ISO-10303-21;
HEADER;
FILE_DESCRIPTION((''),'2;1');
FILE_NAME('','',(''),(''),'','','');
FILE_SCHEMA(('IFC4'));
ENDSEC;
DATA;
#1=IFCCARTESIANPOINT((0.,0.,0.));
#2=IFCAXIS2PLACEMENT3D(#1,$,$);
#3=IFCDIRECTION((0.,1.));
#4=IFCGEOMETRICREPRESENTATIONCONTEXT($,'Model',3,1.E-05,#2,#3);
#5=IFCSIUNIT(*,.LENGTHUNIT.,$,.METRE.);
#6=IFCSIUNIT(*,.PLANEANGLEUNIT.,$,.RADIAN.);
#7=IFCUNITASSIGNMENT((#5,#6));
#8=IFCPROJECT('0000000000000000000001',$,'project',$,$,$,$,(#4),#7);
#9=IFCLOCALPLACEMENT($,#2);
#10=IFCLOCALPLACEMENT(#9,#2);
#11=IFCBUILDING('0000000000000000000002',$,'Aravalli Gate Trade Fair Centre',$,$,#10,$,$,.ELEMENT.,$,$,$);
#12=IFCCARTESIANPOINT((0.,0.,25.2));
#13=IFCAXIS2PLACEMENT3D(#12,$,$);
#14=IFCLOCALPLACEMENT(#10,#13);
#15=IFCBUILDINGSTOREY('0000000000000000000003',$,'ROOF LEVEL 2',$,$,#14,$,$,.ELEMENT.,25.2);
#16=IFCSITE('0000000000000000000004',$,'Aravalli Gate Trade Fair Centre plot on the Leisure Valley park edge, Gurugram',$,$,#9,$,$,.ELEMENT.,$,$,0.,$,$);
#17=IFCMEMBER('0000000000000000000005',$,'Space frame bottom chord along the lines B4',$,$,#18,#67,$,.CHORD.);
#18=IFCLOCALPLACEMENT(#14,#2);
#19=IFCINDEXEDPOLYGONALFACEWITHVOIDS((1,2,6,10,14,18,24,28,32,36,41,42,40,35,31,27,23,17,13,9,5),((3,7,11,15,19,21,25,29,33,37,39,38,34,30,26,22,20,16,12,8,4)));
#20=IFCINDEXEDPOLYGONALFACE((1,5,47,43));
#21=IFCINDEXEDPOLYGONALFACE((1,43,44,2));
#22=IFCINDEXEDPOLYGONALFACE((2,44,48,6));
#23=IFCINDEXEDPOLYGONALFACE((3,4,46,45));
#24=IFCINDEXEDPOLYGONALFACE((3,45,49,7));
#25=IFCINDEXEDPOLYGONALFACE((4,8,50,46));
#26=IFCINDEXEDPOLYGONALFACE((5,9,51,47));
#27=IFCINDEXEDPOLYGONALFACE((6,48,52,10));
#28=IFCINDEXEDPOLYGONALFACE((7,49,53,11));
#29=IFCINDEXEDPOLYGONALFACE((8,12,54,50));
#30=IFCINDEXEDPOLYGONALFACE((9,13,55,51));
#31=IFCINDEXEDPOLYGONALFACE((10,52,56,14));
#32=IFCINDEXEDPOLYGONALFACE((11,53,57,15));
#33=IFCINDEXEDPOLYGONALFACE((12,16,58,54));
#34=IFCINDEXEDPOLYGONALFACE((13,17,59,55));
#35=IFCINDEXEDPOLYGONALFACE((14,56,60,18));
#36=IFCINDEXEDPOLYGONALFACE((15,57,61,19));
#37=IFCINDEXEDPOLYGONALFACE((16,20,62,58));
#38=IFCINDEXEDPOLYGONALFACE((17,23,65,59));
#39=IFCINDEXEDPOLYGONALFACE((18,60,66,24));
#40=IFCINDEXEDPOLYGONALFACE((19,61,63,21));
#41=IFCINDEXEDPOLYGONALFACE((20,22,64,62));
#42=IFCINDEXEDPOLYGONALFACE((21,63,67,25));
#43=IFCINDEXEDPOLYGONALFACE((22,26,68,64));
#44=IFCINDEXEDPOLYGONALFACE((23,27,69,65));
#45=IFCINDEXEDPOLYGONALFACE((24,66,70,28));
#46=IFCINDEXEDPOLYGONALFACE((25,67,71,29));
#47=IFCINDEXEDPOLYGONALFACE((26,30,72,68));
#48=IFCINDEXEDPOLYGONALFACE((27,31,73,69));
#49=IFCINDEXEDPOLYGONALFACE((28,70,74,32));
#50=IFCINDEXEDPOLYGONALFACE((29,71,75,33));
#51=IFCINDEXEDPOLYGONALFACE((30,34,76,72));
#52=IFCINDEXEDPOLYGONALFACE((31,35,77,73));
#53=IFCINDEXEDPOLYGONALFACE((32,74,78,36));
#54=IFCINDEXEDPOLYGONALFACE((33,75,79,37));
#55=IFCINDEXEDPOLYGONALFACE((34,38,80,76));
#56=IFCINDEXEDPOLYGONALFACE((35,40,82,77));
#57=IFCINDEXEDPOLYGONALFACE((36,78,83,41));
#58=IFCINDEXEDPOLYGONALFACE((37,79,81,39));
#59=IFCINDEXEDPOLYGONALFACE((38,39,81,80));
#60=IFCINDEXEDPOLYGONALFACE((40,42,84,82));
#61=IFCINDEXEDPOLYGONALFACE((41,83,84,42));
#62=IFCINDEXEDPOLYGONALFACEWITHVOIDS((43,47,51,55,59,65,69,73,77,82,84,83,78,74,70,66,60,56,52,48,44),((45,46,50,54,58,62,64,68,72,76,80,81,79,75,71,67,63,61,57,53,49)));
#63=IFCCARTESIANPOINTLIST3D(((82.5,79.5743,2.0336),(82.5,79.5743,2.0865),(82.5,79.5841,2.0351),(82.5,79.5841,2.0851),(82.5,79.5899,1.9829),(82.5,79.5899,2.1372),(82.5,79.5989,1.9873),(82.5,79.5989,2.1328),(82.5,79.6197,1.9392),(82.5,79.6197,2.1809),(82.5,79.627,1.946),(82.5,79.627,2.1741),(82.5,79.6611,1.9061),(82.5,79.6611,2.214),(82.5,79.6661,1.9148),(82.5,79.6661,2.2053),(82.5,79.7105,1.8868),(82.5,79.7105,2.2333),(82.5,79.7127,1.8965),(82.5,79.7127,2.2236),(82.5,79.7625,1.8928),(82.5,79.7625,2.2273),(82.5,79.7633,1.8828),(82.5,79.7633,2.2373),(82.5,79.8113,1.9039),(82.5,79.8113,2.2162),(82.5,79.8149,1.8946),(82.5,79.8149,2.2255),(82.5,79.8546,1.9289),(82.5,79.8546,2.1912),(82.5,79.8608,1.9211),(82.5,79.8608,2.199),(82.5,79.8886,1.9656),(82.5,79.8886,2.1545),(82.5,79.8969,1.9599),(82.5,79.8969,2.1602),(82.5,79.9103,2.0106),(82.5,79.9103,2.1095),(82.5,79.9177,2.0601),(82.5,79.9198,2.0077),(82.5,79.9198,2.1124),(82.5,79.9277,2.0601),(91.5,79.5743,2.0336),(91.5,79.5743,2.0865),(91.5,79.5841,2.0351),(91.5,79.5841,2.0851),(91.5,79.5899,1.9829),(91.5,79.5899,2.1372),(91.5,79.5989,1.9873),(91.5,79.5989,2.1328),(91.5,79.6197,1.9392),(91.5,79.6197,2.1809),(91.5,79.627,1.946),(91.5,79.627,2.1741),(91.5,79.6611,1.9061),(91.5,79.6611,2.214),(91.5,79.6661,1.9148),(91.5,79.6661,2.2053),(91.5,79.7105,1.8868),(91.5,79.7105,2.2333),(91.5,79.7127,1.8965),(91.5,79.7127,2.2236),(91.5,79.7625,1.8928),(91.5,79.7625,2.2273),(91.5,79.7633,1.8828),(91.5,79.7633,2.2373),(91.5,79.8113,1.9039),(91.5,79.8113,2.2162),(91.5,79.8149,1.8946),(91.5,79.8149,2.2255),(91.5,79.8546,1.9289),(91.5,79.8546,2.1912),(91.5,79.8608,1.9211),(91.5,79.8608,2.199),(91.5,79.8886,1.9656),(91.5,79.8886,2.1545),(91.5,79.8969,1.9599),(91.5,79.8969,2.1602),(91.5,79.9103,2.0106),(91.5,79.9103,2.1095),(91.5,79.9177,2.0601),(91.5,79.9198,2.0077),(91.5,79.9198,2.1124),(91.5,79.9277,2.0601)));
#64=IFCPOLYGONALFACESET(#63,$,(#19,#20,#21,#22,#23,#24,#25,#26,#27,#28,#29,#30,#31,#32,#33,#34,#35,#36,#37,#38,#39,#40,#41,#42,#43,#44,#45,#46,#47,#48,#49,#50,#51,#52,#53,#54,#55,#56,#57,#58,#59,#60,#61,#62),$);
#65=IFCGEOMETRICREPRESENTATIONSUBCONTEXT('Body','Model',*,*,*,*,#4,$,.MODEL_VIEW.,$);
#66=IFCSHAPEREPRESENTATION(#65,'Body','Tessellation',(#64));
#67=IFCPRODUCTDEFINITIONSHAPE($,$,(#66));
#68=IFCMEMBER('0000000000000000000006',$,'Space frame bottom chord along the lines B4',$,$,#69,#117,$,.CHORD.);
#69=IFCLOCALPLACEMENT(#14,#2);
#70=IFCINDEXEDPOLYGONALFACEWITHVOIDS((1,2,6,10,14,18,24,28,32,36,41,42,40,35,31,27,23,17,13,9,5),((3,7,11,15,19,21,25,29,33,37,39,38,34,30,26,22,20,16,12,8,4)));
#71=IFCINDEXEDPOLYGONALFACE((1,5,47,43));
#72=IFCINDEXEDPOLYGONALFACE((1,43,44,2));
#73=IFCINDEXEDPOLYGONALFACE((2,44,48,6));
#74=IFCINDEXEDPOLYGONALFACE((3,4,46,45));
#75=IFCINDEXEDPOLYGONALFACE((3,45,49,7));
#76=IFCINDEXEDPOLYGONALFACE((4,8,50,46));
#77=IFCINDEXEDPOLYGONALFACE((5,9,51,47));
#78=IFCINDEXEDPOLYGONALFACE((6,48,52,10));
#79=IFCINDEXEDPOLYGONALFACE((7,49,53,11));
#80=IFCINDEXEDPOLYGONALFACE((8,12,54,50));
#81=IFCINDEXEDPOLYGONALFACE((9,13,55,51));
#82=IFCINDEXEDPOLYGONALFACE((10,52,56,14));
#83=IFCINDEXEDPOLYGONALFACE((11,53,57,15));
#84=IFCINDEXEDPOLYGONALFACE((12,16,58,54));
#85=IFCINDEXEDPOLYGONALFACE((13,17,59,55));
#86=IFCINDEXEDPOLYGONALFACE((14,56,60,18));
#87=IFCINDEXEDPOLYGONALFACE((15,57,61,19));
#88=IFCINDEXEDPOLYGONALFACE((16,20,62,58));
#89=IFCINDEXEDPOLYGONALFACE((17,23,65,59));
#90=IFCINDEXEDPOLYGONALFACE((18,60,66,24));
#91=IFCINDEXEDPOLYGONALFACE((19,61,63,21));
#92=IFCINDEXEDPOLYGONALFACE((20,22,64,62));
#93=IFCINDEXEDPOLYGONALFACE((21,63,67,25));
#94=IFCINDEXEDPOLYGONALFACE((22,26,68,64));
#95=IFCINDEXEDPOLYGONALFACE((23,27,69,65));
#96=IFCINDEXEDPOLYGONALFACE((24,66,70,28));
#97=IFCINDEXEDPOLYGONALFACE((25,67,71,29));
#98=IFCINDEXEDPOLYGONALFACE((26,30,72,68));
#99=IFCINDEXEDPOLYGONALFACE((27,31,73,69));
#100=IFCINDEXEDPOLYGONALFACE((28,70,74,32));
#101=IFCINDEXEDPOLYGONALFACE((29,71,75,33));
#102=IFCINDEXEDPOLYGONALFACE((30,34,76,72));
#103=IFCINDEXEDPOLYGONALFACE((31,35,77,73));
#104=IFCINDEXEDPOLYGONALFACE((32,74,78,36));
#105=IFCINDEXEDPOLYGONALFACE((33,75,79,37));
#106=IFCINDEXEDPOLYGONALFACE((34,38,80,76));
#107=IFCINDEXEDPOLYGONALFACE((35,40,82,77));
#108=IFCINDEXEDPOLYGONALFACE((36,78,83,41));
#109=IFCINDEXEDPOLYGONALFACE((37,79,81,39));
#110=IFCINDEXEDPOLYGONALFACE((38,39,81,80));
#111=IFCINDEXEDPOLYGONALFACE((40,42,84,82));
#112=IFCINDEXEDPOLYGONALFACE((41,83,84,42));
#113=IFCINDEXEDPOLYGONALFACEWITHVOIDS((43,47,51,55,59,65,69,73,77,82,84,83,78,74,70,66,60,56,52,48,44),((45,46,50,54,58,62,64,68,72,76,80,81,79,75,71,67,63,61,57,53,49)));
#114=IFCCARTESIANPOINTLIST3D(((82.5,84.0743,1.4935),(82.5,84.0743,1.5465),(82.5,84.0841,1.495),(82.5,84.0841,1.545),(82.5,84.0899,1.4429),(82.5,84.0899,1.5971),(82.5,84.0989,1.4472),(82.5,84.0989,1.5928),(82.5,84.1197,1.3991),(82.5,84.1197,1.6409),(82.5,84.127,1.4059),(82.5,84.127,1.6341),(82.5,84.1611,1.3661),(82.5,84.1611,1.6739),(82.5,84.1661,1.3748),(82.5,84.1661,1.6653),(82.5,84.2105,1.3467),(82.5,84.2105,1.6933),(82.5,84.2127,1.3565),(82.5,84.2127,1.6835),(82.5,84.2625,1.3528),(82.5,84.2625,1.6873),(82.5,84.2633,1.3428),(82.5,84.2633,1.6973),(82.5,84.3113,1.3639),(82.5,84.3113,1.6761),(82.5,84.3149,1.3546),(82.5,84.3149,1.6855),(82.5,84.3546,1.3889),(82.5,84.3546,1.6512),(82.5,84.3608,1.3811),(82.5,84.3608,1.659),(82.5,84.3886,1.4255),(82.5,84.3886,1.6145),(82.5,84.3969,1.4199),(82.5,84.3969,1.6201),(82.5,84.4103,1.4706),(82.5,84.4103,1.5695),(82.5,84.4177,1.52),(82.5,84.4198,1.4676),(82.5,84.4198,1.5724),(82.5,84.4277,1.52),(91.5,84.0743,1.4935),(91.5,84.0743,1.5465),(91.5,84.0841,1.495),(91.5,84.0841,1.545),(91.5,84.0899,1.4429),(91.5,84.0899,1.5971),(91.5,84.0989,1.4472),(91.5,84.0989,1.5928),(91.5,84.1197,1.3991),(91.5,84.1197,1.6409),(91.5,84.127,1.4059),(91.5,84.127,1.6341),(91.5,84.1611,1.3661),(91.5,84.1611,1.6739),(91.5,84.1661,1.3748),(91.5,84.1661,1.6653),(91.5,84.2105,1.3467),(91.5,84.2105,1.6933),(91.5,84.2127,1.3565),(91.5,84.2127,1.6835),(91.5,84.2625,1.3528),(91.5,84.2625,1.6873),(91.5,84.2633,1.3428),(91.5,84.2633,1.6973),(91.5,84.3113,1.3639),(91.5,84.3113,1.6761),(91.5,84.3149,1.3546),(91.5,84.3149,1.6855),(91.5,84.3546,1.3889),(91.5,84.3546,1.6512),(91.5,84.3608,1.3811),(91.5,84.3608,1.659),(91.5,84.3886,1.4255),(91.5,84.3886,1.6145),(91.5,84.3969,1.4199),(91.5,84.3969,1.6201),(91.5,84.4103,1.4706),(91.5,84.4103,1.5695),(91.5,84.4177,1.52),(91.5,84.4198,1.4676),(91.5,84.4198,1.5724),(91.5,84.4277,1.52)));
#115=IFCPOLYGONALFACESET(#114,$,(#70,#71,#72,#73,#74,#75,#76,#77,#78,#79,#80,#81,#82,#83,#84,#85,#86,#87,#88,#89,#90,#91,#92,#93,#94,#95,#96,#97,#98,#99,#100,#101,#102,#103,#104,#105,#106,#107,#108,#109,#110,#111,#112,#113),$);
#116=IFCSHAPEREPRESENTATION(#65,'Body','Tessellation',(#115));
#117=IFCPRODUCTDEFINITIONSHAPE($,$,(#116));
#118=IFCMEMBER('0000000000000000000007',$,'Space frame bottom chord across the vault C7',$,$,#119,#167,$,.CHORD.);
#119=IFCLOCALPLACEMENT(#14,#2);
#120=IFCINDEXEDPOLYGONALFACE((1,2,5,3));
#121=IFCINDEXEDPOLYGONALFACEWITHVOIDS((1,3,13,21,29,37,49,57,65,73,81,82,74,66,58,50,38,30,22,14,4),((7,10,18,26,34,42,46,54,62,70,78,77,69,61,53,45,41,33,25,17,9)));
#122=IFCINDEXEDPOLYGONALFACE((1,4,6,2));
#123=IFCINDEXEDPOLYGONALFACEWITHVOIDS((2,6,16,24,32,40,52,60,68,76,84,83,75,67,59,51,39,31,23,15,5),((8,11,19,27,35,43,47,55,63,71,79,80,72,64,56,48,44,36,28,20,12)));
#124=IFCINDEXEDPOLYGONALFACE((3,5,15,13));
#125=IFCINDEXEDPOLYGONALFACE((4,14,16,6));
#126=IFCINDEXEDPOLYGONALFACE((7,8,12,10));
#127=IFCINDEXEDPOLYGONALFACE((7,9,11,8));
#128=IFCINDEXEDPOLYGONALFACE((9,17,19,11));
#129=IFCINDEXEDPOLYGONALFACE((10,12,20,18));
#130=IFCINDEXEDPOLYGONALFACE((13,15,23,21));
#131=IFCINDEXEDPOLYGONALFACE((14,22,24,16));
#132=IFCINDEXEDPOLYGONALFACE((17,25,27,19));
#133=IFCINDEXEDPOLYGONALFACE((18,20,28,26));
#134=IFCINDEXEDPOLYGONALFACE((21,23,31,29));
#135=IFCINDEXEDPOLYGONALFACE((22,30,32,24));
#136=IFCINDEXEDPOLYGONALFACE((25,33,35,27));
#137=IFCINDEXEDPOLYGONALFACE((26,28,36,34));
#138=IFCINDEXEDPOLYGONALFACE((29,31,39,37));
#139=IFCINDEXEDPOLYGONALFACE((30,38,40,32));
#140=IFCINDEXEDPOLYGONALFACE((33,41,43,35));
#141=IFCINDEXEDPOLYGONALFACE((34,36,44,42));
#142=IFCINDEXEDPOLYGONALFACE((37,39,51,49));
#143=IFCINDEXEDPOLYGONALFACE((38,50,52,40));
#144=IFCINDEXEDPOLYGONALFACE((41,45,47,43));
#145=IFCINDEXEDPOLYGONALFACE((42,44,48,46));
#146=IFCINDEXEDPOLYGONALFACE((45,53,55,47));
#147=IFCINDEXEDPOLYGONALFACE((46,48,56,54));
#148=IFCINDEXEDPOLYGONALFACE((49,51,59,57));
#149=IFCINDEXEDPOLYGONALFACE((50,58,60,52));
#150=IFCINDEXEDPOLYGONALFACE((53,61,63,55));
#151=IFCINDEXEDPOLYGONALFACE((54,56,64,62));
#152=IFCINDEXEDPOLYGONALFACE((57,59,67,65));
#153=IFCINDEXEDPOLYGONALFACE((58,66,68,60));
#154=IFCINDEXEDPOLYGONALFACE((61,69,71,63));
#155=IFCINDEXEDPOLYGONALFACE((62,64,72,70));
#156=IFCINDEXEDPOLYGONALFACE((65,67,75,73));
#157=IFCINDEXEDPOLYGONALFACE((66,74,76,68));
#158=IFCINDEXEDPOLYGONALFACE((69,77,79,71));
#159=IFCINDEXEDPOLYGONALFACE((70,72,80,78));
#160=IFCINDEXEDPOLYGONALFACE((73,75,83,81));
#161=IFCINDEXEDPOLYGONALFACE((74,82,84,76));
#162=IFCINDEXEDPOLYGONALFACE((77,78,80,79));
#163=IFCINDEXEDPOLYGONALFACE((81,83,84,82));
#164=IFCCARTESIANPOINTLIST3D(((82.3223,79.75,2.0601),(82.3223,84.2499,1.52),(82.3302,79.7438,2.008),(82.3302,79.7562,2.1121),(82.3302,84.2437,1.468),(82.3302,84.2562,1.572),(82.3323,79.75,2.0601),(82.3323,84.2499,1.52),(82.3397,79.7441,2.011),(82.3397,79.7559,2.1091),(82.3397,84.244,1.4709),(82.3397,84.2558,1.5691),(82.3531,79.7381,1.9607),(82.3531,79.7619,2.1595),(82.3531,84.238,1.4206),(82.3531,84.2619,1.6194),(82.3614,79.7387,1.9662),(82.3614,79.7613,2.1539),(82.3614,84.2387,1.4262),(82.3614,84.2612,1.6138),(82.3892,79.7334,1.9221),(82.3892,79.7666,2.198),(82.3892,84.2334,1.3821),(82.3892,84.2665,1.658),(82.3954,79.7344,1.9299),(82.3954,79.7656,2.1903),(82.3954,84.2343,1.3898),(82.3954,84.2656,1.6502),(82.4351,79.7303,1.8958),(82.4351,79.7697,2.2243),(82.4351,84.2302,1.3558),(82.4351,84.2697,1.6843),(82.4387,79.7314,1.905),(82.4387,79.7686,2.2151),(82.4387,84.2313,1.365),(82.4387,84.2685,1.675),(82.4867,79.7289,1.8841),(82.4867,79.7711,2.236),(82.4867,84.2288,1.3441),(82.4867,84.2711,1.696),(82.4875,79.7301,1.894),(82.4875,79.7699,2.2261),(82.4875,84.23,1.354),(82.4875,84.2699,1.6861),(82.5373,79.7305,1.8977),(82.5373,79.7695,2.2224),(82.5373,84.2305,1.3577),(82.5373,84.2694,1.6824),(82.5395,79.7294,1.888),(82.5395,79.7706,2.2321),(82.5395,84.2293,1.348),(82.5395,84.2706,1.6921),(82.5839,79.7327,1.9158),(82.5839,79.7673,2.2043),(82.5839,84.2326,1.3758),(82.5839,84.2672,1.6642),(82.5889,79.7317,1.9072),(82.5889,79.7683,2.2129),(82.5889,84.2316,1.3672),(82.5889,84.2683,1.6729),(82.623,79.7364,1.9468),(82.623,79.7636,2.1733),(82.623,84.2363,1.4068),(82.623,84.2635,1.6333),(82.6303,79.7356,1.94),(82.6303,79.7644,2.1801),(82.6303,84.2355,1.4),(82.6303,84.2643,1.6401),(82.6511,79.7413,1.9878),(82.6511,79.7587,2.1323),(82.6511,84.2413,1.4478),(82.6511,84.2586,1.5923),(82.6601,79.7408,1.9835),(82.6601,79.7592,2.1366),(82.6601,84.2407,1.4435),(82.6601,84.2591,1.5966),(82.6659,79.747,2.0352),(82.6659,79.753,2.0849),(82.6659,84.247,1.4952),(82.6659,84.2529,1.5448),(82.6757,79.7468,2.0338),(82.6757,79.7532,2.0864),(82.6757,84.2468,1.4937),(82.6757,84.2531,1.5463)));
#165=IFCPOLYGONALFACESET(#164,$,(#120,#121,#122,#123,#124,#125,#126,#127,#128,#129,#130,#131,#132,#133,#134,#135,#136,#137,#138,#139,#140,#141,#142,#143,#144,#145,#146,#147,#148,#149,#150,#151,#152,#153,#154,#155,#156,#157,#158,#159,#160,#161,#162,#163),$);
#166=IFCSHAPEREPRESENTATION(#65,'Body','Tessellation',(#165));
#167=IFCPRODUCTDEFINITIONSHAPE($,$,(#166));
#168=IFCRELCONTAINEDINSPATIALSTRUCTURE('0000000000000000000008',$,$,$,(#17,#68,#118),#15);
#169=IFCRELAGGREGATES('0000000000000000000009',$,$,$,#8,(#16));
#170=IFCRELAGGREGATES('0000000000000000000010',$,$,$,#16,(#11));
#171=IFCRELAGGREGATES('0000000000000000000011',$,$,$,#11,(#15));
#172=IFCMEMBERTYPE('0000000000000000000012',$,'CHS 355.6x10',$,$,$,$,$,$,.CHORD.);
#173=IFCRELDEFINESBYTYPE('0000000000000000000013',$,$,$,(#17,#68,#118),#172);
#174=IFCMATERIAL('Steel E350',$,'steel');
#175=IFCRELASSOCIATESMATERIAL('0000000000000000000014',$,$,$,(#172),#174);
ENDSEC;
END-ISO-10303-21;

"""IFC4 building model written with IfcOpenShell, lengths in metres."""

from ifc_helpers import new_model, si_unit, direction, frame, origin, origin_2d, place, context, subcontext, project, spatial, hollow_circle, extrude, material, material_profile, profile_set, type_object, element, save


model = new_model("IFC4")

# Units and contexts
model_context = context("Model", 3, precision=1e-05, world=origin(), true_north=direction((0.0, 1.0)))
body_context = subcontext(model_context, "Body", "Model", "MODEL_VIEW")
ifc_project = project(units=[si_unit("LENGTHUNIT", "METRE"), si_unit("PLANEANGLEUNIT", "RADIAN")], contexts=[model_context])

# Site, building, storey
site_placement = place(None, origin())
site = spatial("IfcSite", under=ifc_project, at=site_placement, Name="Aravalli Gate Trade Fair Centre plot on the Leisure Valley park edge, Gurugram", CompositionType="ELEMENT", RefElevation=0.0)
building_placement = place(site_placement, origin())
building = spatial("IfcBuilding", under=site, at=building_placement, Name="Aravalli Gate Trade Fair Centre", CompositionType="ELEMENT")
storey_placement = place(building_placement, frame((0.0, 0.0, 25.2)))
storey = spatial("IfcBuildingStorey", under=building, at=storey_placement, Name="ROOF LEVEL 2", CompositionType="ELEMENT", Elevation=25.2)

# Members
ifc_material_1 = material(Name="Steel E350", Category="steel")
ifc_material_profile_1 = material_profile(ifc_material_1, hollow_circle(Radius=0.1777, WallThickness=0.01, at=origin_2d()), Name="CHS 355.6x10")
ifc_profile_set_1 = profile_set([ifc_material_profile_1], Name="Steel E350")
member_type_1 = type_object("IfcMemberType", Name="CHS 355.6x10", PredefinedType="CHORD", material=ifc_profile_set_1)
for number, where, z_axis, x_axis, name in (
    (1, (82.5, 79.75, 2.0601), (1.0, 0.0, 0.0), (0.0, 1.0, 0.0), "Space frame bottom chord along the lines B4"),
    (2, (82.5, 84.25, 1.52), (1.0, 0.0, 0.0), (0.0, 1.0, 0.0), "Space frame bottom chord along the lines B4"),
):
    element("IfcMember", number, at=place(storey_placement, frame(where, z_axis=z_axis, x_axis=x_axis)), inside=storey, type_object=member_type_1, Name=name, PredefinedType="CHORD", context=body_context, shape_type="SweptSolid", body=[
        extrude(hollow_circle(Radius=0.1777, WallThickness=0.01, at=origin_2d()), origin(), (0.0, 0.0, 1.0), 9.0),
    ])
member_1_placement = place(storey_placement, frame((82.5, 79.75, 2.0601), z_axis=(0.0, 0.992876, -0.119154), x_axis=(-1.0, 0.0, 0.0)))
element("IfcMember", 3, at=member_1_placement, inside=storey, type_object=member_type_1, Name="Space frame bottom chord across the vault C7", PredefinedType="CHORD", context=body_context, shape_type="SweptSolid", body=[
    extrude(hollow_circle(Radius=0.1777, WallThickness=0.01, at=origin_2d()), origin(), (0.0, 0.0, 1.0), 4.5322),
])

save(model, "model.ifc")
